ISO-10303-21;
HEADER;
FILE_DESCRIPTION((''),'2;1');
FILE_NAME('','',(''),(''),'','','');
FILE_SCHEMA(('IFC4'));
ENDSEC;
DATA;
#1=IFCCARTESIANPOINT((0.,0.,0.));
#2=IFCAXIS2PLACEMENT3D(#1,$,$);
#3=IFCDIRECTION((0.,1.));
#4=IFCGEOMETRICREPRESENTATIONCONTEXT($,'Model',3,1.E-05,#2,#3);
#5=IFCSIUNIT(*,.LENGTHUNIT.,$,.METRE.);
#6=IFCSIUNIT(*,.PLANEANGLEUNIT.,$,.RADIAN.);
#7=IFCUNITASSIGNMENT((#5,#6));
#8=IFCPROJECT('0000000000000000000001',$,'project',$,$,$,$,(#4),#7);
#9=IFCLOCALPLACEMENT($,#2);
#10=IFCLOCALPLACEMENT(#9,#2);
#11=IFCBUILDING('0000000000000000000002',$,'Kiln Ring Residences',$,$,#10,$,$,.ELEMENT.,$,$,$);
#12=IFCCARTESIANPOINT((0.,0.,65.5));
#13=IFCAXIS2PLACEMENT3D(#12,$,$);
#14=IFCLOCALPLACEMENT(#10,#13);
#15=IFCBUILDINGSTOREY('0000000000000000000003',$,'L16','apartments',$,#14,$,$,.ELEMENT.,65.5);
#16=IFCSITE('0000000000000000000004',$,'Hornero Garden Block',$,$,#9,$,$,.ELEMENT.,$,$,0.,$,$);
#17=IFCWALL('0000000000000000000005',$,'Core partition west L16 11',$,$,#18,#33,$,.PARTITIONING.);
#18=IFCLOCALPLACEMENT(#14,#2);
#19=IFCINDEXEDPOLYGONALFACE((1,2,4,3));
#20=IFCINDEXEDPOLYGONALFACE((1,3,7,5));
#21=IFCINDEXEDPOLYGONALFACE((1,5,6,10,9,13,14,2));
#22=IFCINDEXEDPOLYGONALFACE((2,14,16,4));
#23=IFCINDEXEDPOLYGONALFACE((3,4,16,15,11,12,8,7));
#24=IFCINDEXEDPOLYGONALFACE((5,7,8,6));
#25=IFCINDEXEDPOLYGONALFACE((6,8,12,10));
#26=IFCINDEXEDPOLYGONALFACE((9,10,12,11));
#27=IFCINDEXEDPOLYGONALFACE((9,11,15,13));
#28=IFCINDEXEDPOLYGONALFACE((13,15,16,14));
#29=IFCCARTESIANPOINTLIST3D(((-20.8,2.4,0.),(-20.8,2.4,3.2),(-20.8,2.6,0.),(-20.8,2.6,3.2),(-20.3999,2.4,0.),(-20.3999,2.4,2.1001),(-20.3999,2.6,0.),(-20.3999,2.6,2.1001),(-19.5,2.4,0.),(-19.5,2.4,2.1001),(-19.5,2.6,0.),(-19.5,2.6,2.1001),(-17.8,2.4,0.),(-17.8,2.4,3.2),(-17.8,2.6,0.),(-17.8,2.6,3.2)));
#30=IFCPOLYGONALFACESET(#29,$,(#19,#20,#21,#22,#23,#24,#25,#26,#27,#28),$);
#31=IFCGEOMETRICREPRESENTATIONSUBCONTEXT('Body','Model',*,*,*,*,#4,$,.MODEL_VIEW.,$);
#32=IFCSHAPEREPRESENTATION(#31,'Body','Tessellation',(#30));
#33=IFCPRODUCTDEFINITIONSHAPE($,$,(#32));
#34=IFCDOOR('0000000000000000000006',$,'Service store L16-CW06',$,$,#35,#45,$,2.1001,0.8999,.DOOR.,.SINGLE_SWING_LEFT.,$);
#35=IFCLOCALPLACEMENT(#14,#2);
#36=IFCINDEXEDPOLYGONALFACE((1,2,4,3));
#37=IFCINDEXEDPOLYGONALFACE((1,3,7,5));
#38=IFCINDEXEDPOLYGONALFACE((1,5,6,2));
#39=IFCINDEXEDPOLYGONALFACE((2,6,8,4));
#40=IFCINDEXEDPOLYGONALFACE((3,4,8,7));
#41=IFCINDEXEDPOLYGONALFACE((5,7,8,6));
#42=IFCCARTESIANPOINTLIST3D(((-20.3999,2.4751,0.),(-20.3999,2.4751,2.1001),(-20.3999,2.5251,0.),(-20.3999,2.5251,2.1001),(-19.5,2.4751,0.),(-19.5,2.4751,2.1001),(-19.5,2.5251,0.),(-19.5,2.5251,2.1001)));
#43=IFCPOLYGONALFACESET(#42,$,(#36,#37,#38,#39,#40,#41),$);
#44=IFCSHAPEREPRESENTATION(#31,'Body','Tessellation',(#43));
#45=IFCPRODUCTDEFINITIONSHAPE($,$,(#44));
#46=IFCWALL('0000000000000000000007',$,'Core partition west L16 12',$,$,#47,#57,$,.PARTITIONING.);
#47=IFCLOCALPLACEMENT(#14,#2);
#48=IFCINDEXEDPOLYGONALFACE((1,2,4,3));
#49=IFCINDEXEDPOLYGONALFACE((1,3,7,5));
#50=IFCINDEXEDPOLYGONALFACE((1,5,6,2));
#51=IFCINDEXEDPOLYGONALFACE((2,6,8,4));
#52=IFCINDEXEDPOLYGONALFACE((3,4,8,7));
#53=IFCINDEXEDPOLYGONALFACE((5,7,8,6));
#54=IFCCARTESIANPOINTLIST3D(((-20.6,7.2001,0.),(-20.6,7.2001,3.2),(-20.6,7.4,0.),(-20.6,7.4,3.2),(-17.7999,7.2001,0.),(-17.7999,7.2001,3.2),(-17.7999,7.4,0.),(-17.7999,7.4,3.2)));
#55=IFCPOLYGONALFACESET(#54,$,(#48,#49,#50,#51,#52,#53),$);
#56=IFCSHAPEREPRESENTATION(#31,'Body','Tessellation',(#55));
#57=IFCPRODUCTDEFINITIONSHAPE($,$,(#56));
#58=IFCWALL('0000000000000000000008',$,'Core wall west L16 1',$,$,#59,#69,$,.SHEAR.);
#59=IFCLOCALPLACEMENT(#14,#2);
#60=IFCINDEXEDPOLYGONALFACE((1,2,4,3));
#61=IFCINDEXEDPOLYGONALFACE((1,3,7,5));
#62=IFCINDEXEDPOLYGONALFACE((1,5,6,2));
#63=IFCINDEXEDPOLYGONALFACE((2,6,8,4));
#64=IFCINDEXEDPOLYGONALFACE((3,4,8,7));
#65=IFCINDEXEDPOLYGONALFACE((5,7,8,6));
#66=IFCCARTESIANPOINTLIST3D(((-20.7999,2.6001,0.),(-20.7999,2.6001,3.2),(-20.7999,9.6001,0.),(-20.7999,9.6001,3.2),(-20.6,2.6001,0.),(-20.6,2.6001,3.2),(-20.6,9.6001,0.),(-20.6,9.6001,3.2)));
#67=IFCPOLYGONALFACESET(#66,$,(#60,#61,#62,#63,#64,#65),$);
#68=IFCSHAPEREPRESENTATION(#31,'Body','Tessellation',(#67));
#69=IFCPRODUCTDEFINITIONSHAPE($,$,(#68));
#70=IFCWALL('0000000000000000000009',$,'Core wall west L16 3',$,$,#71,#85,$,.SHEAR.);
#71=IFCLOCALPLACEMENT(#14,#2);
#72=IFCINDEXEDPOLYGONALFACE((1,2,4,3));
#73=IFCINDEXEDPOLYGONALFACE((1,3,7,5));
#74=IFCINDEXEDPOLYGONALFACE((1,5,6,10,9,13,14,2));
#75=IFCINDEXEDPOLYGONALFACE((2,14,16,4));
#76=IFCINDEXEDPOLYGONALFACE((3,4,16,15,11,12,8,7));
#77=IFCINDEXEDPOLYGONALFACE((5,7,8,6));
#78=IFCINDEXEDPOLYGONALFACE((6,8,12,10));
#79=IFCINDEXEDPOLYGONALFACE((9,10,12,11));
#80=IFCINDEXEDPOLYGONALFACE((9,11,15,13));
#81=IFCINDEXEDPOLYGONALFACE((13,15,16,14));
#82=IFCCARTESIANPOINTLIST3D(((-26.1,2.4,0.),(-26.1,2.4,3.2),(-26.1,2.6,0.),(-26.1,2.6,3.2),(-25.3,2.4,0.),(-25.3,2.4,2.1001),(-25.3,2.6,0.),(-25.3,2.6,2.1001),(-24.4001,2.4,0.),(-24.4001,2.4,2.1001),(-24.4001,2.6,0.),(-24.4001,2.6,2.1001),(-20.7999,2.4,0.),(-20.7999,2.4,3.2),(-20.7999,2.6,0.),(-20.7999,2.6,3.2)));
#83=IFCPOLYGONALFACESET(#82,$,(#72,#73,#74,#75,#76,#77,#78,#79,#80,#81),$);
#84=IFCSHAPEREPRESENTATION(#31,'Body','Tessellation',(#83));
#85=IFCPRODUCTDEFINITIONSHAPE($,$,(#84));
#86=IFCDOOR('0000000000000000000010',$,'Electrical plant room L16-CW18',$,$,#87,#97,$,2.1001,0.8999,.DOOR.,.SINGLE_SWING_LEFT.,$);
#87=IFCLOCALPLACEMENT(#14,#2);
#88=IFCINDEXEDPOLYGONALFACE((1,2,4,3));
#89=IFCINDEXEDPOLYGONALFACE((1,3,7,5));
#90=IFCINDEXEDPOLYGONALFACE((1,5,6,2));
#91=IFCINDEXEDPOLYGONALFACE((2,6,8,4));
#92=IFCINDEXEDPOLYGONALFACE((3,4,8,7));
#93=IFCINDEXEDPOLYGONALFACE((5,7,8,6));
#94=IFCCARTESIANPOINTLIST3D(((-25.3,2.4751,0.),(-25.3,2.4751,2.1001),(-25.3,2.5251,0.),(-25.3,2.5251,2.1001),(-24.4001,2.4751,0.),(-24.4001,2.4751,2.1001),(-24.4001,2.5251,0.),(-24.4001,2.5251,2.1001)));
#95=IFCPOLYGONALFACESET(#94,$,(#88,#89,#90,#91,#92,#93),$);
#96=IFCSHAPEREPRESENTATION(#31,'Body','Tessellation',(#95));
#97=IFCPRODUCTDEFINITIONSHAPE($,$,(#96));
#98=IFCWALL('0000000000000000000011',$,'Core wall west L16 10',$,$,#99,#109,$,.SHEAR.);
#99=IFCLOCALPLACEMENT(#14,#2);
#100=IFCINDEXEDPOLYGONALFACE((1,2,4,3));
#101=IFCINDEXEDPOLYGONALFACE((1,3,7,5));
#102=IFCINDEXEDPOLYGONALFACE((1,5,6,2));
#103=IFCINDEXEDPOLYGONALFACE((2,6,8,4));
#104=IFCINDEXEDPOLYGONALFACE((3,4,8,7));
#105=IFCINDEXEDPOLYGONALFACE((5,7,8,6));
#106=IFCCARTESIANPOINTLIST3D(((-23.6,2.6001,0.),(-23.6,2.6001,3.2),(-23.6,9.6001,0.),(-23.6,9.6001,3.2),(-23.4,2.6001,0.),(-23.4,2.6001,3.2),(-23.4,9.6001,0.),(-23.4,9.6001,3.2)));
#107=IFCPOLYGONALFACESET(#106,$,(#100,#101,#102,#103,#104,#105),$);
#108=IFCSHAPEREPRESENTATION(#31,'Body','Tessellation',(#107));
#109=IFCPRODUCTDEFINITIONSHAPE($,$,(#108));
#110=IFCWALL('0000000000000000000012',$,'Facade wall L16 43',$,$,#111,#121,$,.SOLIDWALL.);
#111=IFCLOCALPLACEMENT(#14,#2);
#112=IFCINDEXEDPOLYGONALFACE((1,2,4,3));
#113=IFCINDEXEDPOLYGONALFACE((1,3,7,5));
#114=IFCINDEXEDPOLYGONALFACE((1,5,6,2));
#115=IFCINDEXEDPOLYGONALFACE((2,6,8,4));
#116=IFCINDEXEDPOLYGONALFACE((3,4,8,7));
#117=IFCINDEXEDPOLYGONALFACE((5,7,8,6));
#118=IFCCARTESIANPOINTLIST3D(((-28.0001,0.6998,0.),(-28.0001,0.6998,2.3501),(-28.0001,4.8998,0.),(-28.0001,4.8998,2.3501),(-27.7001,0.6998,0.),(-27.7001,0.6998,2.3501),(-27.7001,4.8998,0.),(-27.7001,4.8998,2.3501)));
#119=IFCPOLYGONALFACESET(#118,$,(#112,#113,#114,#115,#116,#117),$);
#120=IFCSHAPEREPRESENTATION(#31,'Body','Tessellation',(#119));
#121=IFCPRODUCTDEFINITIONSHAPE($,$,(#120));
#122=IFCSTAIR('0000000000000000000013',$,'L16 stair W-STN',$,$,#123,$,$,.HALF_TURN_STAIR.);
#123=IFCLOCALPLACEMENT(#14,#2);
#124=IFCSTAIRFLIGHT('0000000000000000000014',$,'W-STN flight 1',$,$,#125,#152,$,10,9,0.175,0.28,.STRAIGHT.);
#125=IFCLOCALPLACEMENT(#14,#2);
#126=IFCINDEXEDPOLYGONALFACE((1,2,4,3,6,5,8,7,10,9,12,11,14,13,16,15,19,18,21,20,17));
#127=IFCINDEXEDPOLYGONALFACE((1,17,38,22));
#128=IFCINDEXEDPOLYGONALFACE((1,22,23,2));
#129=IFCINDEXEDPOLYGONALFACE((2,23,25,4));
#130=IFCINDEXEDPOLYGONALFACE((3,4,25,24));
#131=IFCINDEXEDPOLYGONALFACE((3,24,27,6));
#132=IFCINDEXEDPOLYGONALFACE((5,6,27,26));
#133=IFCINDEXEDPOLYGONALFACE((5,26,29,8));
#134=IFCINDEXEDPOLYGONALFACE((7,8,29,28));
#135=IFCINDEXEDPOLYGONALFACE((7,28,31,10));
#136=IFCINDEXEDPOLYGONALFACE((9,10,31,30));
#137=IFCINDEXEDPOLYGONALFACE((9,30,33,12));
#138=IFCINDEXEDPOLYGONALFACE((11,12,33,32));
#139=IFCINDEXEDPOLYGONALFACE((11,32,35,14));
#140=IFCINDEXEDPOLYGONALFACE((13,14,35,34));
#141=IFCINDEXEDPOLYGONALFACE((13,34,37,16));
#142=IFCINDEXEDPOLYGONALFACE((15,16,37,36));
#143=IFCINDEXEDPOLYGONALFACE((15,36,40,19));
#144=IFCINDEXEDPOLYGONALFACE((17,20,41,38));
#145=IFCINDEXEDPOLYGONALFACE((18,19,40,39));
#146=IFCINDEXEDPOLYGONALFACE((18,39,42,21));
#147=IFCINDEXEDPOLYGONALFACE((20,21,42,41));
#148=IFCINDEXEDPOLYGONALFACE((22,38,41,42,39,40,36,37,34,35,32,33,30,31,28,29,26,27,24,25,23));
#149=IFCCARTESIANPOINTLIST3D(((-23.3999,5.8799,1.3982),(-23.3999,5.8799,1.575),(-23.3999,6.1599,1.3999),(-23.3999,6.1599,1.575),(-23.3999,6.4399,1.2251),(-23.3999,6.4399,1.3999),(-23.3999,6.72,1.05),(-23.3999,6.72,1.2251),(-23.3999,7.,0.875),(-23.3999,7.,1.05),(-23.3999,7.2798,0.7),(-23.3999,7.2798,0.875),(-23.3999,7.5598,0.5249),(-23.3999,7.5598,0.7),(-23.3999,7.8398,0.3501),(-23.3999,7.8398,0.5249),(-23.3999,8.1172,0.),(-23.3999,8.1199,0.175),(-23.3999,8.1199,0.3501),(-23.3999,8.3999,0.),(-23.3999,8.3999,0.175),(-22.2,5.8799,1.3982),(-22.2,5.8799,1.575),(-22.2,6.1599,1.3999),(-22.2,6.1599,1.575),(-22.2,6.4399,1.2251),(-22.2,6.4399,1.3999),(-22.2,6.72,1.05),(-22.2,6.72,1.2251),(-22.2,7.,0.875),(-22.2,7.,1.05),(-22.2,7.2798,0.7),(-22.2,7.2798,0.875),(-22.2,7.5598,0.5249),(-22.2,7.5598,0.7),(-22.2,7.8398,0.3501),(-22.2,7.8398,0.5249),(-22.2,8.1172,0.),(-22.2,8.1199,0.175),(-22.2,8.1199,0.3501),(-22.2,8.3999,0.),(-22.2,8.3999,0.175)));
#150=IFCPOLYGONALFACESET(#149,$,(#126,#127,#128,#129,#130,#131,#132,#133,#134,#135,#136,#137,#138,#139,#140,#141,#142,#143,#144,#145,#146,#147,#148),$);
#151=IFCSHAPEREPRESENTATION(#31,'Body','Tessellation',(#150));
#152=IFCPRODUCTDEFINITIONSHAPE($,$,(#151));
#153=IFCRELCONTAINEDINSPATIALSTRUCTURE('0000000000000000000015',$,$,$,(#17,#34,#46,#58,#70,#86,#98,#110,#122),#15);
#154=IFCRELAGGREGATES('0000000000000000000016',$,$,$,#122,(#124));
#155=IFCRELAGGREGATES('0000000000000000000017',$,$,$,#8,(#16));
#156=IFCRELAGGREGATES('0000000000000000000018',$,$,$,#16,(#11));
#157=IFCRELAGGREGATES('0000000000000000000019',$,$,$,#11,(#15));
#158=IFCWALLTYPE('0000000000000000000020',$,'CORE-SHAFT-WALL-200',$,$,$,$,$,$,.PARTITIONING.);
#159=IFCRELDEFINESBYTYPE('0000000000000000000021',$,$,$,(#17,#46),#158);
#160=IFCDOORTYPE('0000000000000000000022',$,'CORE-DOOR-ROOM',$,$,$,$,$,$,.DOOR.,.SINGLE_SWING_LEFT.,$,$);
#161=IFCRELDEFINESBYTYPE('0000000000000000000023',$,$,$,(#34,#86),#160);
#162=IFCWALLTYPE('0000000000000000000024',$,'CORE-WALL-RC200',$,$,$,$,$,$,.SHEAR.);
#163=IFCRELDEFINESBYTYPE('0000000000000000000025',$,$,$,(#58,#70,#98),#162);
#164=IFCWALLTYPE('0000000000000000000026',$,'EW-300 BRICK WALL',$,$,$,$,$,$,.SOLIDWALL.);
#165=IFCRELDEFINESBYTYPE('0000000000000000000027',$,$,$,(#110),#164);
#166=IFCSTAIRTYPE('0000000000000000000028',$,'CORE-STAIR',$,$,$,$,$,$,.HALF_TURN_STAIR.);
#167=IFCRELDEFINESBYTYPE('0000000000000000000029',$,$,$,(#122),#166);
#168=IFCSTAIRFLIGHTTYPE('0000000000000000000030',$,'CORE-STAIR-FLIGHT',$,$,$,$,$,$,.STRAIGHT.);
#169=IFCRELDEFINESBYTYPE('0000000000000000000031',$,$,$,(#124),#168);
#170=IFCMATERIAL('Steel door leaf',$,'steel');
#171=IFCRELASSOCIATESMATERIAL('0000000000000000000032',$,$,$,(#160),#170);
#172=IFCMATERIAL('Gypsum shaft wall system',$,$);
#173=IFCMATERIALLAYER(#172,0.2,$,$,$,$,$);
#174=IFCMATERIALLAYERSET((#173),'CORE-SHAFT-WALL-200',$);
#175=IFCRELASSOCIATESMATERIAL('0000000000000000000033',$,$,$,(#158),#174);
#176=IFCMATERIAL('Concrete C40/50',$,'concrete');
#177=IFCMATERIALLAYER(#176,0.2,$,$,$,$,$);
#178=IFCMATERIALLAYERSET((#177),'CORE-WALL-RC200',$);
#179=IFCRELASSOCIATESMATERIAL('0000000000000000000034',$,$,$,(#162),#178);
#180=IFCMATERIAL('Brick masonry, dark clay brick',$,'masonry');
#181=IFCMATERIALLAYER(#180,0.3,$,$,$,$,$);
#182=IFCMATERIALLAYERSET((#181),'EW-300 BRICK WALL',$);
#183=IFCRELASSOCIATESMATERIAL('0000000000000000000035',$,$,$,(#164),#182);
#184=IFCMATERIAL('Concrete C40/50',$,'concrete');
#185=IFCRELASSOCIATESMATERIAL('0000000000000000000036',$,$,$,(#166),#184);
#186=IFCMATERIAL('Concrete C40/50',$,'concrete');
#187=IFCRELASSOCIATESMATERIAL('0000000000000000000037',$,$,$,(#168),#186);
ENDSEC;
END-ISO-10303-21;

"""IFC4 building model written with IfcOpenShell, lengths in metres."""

from ifc_helpers import new_model, si_unit, direction, frame, frame_2d, origin, place, context, subcontext, project, spatial, polyline, rectangle, outline, extrude, material, layer, layer_set, type_object, element, fill, aggregate, save


model = new_model("IFC4")

# Units and contexts
model_context = context("Model", 3, precision=1e-05, world=origin(), true_north=direction((0.0, 1.0)))
body_context = subcontext(model_context, "Body", "Model", "MODEL_VIEW")
ifc_project = project(units=[si_unit("LENGTHUNIT", "METRE"), si_unit("PLANEANGLEUNIT", "RADIAN")], contexts=[model_context])

# Site, building, storey
site_placement = place(None, origin())
site = spatial("IfcSite", under=ifc_project, at=site_placement, Name="Hornero Garden Block", CompositionType="ELEMENT", RefElevation=0.0)
building_placement = place(site_placement, origin())
building = spatial("IfcBuilding", under=site, at=building_placement, Name="Kiln Ring Residences", CompositionType="ELEMENT")
storey_placement = place(building_placement, frame((0.0, 0.0, 65.5)))
storey = spatial("IfcBuildingStorey", under=building, at=storey_placement, Name="L16", Description="apartments", CompositionType="ELEMENT", Elevation=65.5)

# Shared definitions
ifc_material_1 = material(Name="Steel door leaf", Category="steel")
door_type = type_object("IfcDoorType", Name="CORE-DOOR-ROOM", OperationType="SINGLE_SWING_LEFT", PredefinedType="DOOR", material=ifc_material_1)

# Shared definitions
ifc_material_2 = material(Name="Gypsum shaft wall system")
ifc_layer_1 = layer(ifc_material_2, 0.2)
ifc_layer_set_1 = layer_set([ifc_layer_1], Name="CORE-SHAFT-WALL-200")
wall_type_1 = type_object("IfcWallType", Name="CORE-SHAFT-WALL-200", PredefinedType="PARTITIONING", material=ifc_layer_set_1)

# Wall, opening, door
wall_1_placement = place(storey_placement, frame((-17.8, 2.5, 0.0), z_axis=(0.0, 0.0, 1.0), x_axis=(-1.0, 0.0, 0.0)))
wall_1 = element("IfcWall", 1, at=wall_1_placement, inside=storey, type_object=wall_type_1, Name="Core partition west L16 11", PredefinedType="PARTITIONING", context=body_context, shape_type="SweptSolid", body=[
    extrude(rectangle(XDim=3.0, YDim=0.2, at=frame_2d((1.5, 0.0))), origin(), (0.0, 0.0, 1.0), 3.2),
])
opening_1_placement = place(wall_1_placement, frame((1.7, 0.0, 0.0)))
opening_1 = element("IfcOpeningElement", 2, at=opening_1_placement, cuts=wall_1, PredefinedType="OPENING", context=body_context, shape_type="SweptSolid", body=[
    extrude(rectangle(XDim=0.8999, YDim=2.1001, at=frame_2d((0.45, 1.05))), frame((0.0, 0.1099, 0.0), z_axis=(0.0, -1.0, 0.0), x_axis=(1.0, 0.0, 0.0)), (0.0, 0.0, 1.0), 0.22),
])
door_1_placement = place(opening_1_placement, origin())
door_1 = element("IfcDoor", 3, at=door_1_placement, inside=storey, type_object=door_type, Name="Service store L16-CW06", OperationType="SINGLE_SWING_LEFT", OverallHeight=2.1001, OverallWidth=0.8999, PredefinedType="DOOR", context=body_context, shape_type="SweptSolid", body=[
    extrude(rectangle(XDim=0.8999, YDim=2.1001, at=frame_2d((0.45, 1.05))), frame((0.0, 0.0249, 0.0), z_axis=(0.0, -1.0, 0.0), x_axis=(1.0, 0.0, 0.0)), (0.0, 0.0, 1.0), 0.05),
])
fill(opening_1, door_1)

# Walls
wall_2_placement = place(storey_placement, frame((-17.8, 7.3, 0.0), z_axis=(0.0, 0.0, 1.0), x_axis=(-1.0, 0.0, 0.0)))
element("IfcWall", 4, at=wall_2_placement, inside=storey, type_object=wall_type_1, Name="Core partition west L16 12", PredefinedType="PARTITIONING", context=body_context, shape_type="SweptSolid", body=[
    extrude(rectangle(XDim=2.8, YDim=0.2, at=frame_2d((1.3999, 0.0))), origin(), (0.0, 0.0, 1.0), 3.2),
])
ifc_material_3 = material(Name="Concrete C40/50", Category="concrete")
ifc_layer_2 = layer(ifc_material_3, 0.2)
ifc_layer_set_2 = layer_set([ifc_layer_2], Name="CORE-WALL-RC200")
wall_type_2 = type_object("IfcWallType", Name="CORE-WALL-RC200", PredefinedType="SHEAR", material=ifc_layer_set_2)
wall_3_placement = place(storey_placement, frame((-20.7, 2.6001, 0.0), z_axis=(0.0, 0.0, 1.0), x_axis=(0.0, 1.0, 0.0)))
element("IfcWall", 5, at=wall_3_placement, inside=storey, type_object=wall_type_2, Name="Core wall west L16 1", PredefinedType="SHEAR", context=body_context, shape_type="SweptSolid", body=[
    extrude(rectangle(XDim=7.0, YDim=0.2, at=frame_2d((3.5, 0.0))), origin(), (0.0, 0.0, 1.0), 3.2),
])

# Wall, opening, door
wall_4_placement = place(storey_placement, frame((-20.8, 2.5, 0.0), z_axis=(0.0, 0.0, 1.0), x_axis=(-1.0, 0.0, 0.0)))
wall_4 = element("IfcWall", 6, at=wall_4_placement, inside=storey, type_object=wall_type_2, Name="Core wall west L16 3", PredefinedType="SHEAR", context=body_context, shape_type="SweptSolid", body=[
    extrude(rectangle(XDim=5.3, YDim=0.2, at=frame_2d((2.6499, 0.0))), origin(), (0.0, 0.0, 1.0), 3.2),
])
opening_2_placement = place(wall_4_placement, frame((3.6001, 0.0, 0.0)))
opening_2 = element("IfcOpeningElement", 7, at=opening_2_placement, cuts=wall_4, PredefinedType="OPENING", context=body_context, shape_type="SweptSolid", body=[
    extrude(rectangle(XDim=0.8999, YDim=2.1001, at=frame_2d((0.45, 1.05))), frame((0.0, 0.1099, 0.0), z_axis=(0.0, -1.0, 0.0), x_axis=(1.0, 0.0, 0.0)), (0.0, 0.0, 1.0), 0.22),
])
door_2_placement = place(opening_2_placement, origin())
door_2 = element("IfcDoor", 8, at=door_2_placement, inside=storey, type_object=door_type, Name="Electrical plant room L16-CW18", OperationType="SINGLE_SWING_LEFT", OverallHeight=2.1001, OverallWidth=0.8999, PredefinedType="DOOR", context=body_context, shape_type="SweptSolid", body=[
    extrude(rectangle(XDim=0.8999, YDim=2.1001, at=frame_2d((0.45, 1.05))), frame((0.0, 0.0249, 0.0), z_axis=(0.0, -1.0, 0.0), x_axis=(1.0, 0.0, 0.0)), (0.0, 0.0, 1.0), 0.05),
])
fill(opening_2, door_2)

# Walls
wall_5_placement = place(storey_placement, frame((-23.5, 2.6001, 0.0), z_axis=(0.0, 0.0, 1.0), x_axis=(0.0, 1.0, 0.0)))
element("IfcWall", 9, at=wall_5_placement, inside=storey, type_object=wall_type_2, Name="Core wall west L16 10", PredefinedType="SHEAR", context=body_context, shape_type="SweptSolid", body=[
    extrude(rectangle(XDim=7.0, YDim=0.2, at=frame_2d((3.5, 0.0))), origin(), (0.0, 0.0, 1.0), 3.2),
])
ifc_material_4 = material(Name="Brick masonry, dark clay brick", Category="masonry")
ifc_layer_3 = layer(ifc_material_4, 0.3)
ifc_layer_set_3 = layer_set([ifc_layer_3], Name="EW-300 BRICK WALL")
wall_type_3 = type_object("IfcWallType", Name="EW-300 BRICK WALL", PredefinedType="SOLIDWALL", material=ifc_layer_set_3)
wall_6_placement = place(storey_placement, frame((-27.8501, 4.8999, 0.0), z_axis=(0.0, 0.0, 1.0), x_axis=(0.0, -1.0, 0.0)))
element("IfcWall", 10, at=wall_6_placement, inside=storey, type_object=wall_type_3, Name="Facade wall L16 43", PredefinedType="SOLIDWALL", context=body_context, shape_type="SweptSolid", body=[
    extrude(rectangle(XDim=4.2, YDim=0.3, at=frame_2d((2.1001, 0.0))), origin(), (0.0, 0.0, 1.0), 2.3501),
])

# Stair, stair flight
ifc_material_5 = material(Name="Concrete C40/50", Category="concrete")
stair_type = type_object("IfcStairType", Name="CORE-STAIR", PredefinedType="HALF_TURN_STAIR", material=ifc_material_5)
stair_placement = place(storey_placement, origin())
stair = element("IfcStair", 11, at=stair_placement, inside=storey, type_object=stair_type, Name="L16 stair W-STN", PredefinedType="HALF_TURN_STAIR")
ifc_material_6 = material(Name="Concrete C40/50", Category="concrete")
stair_flight_type = type_object("IfcStairFlightType", Name="CORE-STAIR-FLIGHT", PredefinedType="STRAIGHT", material=ifc_material_6)
stair_flight_1_placement = place(storey_placement, frame((-22.8, 8.3999, 0.0), z_axis=(0.0, 0.0, 1.0), x_axis=(0.0, -1.0, 0.0)))
stair_flight_1 = element("IfcStairFlight", 12, at=stair_flight_1_placement, type_object=stair_flight_type, Name="W-STN flight 1", NumberOfRisers=10, NumberOfTreads=9, PredefinedType="STRAIGHT", RiserHeight=0.175, TreadLength=0.28, context=body_context, shape_type="SweptSolid", body=[
    extrude(outline(polyline([(0.0, 0.0), (0.0, 0.175), (0.28, 0.175), (0.28, 0.3501), (0.5601, 0.3501), (0.5601, 0.5249), (0.8401, 0.5249), (0.8401, 0.7), (1.1201, 0.7), (1.1201, 0.875), (1.3999, 0.875), (1.3999, 1.05), (1.6799, 1.05), (1.6799, 1.2251), (1.96, 1.2251), (1.96, 1.3999), (2.24, 1.3999), (2.24, 1.575), (2.52, 1.575), (2.52, 1.75), (2.52, 1.3982), (0.2827, 0.0), (0.0, 0.0)])), frame((0.0, 0.6001, 0.0), z_axis=(0.0, -1.0, 0.0), x_axis=(1.0, 0.0, 0.0)), (0.0, 0.0, 1.0), 1.2),
])
aggregate(stair, [stair_flight_1])

save(model, "model.ifc")
